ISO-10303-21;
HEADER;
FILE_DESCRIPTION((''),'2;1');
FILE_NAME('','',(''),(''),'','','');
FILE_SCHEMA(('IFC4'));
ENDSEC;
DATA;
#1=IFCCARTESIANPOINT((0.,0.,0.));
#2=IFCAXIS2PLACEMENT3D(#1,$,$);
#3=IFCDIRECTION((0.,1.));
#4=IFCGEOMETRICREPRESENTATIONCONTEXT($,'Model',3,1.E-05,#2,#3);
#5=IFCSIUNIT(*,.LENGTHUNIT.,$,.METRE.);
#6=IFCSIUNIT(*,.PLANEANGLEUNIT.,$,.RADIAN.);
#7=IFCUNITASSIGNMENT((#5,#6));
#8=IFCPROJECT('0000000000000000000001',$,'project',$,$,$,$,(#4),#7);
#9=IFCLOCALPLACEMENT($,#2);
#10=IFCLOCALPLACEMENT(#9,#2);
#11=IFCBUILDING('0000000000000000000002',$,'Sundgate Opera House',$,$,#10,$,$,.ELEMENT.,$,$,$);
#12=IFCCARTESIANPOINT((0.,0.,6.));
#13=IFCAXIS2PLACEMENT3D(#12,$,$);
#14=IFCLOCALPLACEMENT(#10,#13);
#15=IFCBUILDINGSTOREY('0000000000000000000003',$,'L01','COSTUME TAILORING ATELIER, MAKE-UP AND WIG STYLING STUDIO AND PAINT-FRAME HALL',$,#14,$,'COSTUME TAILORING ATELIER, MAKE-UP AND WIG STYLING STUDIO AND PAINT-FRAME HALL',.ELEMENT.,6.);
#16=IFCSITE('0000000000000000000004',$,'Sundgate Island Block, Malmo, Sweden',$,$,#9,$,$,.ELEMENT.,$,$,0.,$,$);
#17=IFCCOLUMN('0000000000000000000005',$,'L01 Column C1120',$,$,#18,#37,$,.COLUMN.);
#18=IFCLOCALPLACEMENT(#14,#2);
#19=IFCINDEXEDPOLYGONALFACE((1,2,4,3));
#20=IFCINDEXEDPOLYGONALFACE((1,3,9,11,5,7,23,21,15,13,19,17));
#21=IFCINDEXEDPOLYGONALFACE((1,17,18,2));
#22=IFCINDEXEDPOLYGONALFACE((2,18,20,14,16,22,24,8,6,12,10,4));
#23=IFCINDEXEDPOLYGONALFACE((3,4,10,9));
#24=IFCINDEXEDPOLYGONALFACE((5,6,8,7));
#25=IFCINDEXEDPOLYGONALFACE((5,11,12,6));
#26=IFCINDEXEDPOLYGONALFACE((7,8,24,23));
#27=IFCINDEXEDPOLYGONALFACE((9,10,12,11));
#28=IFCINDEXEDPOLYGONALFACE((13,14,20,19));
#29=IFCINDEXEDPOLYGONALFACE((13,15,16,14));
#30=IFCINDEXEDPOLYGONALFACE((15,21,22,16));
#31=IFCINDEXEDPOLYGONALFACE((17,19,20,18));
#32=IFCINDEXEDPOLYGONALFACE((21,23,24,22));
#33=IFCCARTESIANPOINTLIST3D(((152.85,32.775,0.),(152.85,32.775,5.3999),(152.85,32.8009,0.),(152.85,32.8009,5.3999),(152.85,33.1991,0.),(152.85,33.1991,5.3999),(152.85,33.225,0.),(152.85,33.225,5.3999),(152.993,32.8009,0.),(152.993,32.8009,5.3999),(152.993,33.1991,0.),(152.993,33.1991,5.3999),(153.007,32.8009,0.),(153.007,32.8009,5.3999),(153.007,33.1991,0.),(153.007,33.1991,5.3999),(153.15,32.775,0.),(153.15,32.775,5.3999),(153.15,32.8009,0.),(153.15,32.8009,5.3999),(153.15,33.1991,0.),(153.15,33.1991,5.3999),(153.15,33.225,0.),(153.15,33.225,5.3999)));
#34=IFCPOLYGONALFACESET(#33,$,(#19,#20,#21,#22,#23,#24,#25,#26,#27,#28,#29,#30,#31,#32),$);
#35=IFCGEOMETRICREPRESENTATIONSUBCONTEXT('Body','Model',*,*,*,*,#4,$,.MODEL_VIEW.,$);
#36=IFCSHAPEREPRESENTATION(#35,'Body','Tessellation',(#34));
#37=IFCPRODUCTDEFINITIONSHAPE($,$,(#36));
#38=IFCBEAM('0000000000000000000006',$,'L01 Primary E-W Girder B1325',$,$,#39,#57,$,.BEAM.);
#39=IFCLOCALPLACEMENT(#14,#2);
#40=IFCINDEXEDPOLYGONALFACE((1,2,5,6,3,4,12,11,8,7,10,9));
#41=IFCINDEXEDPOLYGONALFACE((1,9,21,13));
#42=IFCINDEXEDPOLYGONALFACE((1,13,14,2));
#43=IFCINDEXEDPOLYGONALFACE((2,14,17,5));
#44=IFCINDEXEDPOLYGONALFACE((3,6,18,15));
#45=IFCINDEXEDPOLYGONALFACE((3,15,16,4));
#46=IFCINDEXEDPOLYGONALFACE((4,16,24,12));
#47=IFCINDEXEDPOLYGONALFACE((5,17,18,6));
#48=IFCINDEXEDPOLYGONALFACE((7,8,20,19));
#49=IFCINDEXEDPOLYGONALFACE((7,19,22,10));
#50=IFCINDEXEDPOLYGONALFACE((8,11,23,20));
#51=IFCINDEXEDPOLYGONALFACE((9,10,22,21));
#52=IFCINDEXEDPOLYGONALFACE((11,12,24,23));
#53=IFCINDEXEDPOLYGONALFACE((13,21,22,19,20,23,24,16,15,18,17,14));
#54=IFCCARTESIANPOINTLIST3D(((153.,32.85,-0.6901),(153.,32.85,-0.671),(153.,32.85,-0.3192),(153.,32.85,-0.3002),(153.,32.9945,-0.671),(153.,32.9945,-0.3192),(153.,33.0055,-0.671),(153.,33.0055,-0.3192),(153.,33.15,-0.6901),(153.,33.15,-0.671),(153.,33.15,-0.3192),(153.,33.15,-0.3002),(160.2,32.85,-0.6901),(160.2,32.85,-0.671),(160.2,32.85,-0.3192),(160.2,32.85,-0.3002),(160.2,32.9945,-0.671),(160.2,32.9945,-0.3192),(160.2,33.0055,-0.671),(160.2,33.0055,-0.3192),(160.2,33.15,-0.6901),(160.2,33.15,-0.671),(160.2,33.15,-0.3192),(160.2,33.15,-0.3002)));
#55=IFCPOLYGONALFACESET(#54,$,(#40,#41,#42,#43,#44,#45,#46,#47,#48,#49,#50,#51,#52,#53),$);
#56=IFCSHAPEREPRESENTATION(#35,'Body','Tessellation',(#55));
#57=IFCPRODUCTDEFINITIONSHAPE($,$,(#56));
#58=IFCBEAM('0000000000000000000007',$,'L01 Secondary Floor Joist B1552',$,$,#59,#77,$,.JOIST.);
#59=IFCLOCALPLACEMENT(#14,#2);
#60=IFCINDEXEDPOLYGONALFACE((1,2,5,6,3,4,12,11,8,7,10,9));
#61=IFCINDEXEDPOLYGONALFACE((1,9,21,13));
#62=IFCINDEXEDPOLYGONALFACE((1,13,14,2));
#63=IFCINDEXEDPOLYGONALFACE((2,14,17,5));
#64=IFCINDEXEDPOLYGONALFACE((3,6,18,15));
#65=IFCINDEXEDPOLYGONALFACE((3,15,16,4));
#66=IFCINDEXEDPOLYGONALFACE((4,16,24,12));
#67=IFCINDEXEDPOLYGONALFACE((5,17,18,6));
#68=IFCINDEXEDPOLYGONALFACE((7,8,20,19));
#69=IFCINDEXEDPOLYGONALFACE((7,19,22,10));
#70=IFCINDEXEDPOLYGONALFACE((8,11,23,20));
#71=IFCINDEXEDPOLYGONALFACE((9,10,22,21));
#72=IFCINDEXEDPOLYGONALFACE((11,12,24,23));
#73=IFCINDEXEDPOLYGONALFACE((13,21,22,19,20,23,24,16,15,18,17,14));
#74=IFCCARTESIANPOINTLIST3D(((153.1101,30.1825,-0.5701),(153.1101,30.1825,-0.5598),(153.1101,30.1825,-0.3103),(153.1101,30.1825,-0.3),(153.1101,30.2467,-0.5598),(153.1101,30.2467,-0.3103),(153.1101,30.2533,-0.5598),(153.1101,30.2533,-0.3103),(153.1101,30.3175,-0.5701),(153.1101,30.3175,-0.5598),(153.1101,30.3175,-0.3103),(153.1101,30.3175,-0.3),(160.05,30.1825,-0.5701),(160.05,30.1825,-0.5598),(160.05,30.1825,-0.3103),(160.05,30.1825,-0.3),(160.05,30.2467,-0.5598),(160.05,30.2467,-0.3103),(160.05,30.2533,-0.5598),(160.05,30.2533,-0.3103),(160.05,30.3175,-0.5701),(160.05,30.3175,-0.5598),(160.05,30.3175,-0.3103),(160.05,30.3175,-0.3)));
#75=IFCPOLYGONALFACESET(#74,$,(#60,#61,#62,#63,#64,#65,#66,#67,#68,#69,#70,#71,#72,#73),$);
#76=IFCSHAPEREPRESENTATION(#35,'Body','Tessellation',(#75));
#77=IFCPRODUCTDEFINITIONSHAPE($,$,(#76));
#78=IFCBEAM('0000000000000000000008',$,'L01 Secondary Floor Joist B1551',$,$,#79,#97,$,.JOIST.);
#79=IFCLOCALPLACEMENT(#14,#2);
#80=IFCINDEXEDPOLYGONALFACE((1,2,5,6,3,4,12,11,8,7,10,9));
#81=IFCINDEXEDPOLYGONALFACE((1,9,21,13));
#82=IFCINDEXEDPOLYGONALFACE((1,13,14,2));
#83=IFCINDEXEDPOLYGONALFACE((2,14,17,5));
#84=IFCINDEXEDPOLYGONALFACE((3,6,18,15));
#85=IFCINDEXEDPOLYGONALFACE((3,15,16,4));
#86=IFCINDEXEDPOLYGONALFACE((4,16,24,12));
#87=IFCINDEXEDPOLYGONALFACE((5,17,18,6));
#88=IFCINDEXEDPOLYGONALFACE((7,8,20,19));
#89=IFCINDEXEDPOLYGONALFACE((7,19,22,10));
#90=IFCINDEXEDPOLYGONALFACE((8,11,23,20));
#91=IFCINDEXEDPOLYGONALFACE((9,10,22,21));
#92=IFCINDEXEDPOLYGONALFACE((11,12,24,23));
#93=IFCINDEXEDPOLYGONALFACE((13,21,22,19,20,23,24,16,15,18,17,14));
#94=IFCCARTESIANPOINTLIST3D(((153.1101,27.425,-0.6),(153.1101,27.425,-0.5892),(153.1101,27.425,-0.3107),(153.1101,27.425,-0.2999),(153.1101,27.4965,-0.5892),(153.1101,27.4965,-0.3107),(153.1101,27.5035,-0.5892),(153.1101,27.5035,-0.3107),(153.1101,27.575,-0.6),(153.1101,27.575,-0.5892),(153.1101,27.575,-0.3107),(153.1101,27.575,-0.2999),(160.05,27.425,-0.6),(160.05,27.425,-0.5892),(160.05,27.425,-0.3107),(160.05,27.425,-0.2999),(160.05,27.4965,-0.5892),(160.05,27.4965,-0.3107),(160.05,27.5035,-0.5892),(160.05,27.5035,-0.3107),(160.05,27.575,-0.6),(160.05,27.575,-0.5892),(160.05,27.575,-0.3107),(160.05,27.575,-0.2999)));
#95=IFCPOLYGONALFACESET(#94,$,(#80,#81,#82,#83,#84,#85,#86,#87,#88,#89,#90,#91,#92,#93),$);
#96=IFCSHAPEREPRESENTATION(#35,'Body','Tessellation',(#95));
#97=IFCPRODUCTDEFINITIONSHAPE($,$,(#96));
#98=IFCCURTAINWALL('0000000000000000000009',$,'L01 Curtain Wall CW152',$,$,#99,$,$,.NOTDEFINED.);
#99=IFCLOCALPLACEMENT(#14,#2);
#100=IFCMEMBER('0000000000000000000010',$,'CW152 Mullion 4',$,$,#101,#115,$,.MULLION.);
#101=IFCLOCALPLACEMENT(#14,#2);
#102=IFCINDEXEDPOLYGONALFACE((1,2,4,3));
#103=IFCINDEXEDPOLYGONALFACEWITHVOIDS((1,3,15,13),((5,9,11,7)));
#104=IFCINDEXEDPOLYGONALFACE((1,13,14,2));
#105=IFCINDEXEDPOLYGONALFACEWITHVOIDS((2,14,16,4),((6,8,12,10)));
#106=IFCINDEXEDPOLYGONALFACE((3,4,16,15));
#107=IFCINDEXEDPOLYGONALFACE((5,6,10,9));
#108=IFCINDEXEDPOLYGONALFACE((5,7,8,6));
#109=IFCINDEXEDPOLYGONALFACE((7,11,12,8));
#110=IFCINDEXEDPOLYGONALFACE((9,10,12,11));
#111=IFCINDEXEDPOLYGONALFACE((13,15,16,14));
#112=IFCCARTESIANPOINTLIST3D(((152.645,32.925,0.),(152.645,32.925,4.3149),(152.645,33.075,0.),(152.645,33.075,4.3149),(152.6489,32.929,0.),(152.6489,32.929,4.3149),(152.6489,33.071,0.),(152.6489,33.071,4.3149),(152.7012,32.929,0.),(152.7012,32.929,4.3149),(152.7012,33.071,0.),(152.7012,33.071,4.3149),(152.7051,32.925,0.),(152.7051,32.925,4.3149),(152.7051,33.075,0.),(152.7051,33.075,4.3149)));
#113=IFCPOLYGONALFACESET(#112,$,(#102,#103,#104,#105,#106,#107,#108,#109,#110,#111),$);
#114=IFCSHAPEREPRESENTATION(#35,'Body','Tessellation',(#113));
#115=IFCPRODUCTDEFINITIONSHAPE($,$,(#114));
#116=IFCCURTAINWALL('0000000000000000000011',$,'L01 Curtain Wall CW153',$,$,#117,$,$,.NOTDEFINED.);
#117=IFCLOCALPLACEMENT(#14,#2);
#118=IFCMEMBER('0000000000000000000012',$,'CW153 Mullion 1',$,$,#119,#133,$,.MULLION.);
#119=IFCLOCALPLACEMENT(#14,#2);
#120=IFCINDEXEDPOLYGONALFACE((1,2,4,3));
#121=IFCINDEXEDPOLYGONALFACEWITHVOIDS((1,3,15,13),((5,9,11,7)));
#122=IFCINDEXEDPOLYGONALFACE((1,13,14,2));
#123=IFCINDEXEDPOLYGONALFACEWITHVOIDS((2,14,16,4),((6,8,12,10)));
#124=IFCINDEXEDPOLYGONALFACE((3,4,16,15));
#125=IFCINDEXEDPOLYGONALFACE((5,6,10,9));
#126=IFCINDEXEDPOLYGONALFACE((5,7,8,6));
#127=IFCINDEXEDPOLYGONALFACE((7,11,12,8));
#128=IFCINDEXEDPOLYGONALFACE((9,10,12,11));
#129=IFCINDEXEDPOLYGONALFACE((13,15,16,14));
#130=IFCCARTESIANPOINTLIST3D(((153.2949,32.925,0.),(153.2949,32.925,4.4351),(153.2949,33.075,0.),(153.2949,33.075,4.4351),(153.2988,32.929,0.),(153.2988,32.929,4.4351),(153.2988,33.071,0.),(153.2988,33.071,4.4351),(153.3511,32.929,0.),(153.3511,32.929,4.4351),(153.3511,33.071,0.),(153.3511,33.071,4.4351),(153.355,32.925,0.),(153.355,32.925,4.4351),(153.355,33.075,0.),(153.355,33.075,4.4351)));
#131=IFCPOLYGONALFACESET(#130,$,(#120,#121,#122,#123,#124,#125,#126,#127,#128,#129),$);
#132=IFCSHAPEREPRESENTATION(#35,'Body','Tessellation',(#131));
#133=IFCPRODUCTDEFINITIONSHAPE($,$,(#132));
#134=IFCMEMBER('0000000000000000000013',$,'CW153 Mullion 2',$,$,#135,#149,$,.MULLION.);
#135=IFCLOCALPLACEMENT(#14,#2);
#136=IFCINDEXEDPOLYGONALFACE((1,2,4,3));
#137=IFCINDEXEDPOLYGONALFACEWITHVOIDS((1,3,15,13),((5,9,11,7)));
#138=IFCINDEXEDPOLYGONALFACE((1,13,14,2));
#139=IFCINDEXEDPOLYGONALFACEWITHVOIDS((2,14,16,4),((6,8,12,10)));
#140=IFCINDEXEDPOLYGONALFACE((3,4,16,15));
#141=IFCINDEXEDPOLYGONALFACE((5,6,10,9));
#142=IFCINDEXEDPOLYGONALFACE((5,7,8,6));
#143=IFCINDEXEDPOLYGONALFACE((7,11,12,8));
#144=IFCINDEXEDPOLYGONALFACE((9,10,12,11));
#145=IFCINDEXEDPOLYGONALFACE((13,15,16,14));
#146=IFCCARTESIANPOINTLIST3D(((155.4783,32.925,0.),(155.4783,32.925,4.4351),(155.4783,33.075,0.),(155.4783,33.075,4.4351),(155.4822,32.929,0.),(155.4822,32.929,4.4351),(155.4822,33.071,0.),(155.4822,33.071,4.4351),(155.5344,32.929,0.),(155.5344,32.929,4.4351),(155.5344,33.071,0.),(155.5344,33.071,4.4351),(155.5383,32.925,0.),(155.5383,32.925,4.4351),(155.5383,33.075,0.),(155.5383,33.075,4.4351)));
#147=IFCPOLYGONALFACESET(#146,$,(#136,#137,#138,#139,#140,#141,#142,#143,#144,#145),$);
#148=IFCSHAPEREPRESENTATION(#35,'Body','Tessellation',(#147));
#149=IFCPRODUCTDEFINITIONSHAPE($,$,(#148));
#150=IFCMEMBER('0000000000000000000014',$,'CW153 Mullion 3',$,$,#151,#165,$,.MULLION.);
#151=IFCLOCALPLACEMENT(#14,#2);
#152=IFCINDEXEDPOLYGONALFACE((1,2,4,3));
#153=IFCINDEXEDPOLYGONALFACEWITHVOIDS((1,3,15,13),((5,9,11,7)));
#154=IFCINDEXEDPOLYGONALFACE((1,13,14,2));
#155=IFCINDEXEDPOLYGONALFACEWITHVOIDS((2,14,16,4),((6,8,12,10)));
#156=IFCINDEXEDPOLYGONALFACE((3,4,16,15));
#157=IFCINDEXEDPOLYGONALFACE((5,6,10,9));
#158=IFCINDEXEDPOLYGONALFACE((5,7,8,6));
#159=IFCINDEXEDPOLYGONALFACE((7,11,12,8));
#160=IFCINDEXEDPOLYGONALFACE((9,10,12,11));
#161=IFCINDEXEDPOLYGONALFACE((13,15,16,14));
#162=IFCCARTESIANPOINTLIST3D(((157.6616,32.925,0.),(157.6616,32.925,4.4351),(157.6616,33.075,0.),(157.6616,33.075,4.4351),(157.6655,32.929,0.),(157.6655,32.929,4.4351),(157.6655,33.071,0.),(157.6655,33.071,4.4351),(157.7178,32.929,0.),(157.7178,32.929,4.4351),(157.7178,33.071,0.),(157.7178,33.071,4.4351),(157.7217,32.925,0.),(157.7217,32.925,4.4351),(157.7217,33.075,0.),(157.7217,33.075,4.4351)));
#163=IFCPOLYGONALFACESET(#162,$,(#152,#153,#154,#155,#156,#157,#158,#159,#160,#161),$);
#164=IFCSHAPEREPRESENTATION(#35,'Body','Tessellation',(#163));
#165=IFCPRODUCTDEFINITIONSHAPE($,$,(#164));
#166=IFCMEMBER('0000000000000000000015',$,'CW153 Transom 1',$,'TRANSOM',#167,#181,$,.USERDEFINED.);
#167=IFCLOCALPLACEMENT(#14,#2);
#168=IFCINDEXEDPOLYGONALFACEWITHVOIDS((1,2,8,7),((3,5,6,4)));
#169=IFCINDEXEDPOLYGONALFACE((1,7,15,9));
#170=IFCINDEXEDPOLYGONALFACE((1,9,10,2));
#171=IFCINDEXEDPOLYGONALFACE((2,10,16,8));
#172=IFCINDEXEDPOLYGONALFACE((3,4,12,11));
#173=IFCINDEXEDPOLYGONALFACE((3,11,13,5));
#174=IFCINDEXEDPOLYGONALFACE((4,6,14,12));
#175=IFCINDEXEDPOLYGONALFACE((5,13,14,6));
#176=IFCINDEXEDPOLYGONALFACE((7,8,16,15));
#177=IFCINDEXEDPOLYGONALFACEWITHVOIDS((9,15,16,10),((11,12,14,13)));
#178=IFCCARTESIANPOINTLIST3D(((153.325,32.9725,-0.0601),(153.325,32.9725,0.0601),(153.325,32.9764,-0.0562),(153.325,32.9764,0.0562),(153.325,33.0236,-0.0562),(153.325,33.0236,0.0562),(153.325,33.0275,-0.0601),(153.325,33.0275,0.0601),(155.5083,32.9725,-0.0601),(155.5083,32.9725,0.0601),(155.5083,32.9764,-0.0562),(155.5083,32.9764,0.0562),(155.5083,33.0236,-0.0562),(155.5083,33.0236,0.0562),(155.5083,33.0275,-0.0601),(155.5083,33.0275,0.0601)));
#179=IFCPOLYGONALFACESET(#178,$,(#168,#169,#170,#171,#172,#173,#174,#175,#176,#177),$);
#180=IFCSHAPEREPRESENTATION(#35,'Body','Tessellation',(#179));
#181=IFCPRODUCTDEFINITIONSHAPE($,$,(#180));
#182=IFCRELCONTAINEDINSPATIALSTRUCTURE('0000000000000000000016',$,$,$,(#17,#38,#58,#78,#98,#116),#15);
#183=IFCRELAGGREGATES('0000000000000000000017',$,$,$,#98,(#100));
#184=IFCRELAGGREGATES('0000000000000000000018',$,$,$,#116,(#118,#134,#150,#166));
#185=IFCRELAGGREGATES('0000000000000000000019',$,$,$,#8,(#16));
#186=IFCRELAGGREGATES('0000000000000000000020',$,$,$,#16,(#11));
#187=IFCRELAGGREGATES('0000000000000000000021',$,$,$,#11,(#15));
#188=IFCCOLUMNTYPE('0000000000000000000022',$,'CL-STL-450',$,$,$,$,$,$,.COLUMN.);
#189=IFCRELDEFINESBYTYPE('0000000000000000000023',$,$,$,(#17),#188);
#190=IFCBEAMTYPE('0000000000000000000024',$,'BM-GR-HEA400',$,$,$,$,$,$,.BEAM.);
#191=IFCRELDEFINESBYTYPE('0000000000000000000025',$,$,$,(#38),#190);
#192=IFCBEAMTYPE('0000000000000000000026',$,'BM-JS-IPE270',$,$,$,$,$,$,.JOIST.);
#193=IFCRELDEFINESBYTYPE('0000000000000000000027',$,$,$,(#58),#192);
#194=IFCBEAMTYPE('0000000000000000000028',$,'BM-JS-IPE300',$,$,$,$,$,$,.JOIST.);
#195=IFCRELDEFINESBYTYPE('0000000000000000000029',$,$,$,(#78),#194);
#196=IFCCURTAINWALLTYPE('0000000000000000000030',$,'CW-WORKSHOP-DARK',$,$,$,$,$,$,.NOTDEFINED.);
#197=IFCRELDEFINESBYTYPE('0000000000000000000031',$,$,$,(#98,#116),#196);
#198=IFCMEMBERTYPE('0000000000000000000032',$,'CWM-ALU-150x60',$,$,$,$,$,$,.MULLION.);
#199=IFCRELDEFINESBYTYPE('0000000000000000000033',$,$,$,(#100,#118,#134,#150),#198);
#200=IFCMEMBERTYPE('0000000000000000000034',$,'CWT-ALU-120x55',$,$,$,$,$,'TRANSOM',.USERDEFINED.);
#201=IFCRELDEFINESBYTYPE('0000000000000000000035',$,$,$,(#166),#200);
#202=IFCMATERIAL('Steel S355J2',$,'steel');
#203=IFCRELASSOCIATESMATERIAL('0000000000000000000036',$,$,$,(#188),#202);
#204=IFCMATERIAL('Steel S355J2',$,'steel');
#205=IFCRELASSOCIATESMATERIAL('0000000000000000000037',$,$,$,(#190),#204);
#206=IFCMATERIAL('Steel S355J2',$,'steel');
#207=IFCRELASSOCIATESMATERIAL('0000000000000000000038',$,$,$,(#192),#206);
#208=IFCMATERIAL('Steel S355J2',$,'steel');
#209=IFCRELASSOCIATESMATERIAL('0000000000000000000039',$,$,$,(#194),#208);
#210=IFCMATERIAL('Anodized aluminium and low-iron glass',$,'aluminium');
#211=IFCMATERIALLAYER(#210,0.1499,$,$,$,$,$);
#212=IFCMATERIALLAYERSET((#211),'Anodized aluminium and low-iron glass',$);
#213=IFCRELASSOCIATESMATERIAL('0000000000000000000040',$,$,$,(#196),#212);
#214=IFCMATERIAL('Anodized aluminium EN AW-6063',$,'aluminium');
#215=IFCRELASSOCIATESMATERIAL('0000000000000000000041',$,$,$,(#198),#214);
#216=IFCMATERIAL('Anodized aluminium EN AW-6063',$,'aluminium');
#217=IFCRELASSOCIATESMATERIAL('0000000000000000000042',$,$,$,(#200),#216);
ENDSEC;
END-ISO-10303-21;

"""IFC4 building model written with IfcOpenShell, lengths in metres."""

from ifc_helpers import new_model, si_unit, direction, frame, origin, origin_2d, place, context, subcontext, project, spatial, hollow_rectangle, i_section, extrude, material, layer, layer_set, material_profile, profile_set, type_object, element, aggregate, save


model = new_model("IFC4")

# Units and contexts
model_context = context("Model", 3, precision=1e-05, world=origin(), true_north=direction((0.0, 1.0)))
body_context = subcontext(model_context, "Body", "Model", "MODEL_VIEW")
ifc_project = project(units=[si_unit("LENGTHUNIT", "METRE"), si_unit("PLANEANGLEUNIT", "RADIAN")], contexts=[model_context])

# Site, building, storey
site_placement = place(None, origin())
site = spatial("IfcSite", under=ifc_project, at=site_placement, Name="Sundgate Island Block, Malmo, Sweden", CompositionType="ELEMENT", RefElevation=0.0)
building_placement = place(site_placement, origin())
building = spatial("IfcBuilding", under=site, at=building_placement, Name="Sundgate Opera House", CompositionType="ELEMENT")
storey_placement = place(building_placement, frame((0.0, 0.0, 6.0)))
storey = spatial("IfcBuildingStorey", under=building, at=storey_placement, Name="L01", Description="COSTUME TAILORING ATELIER, MAKE-UP AND WIG STYLING STUDIO AND PAINT-FRAME HALL", LongName="COSTUME TAILORING ATELIER, MAKE-UP AND WIG STYLING STUDIO AND PAINT-FRAME HALL", CompositionType="ELEMENT", Elevation=6.0)

# Column
ifc_material_1 = material(Name="Steel S355J2", Category="steel")
ifc_material_profile_1 = material_profile(ifc_material_1, i_section(OverallWidth=0.3, OverallDepth=0.45, WebThickness=0.0139, FlangeThickness=0.0259, at=origin_2d()), Name="HEB 450")
ifc_profile_set_1 = profile_set([ifc_material_profile_1], Name="Steel S355J2")
column_type = type_object("IfcColumnType", Name="CL-STL-450", PredefinedType="COLUMN", material=ifc_profile_set_1)
column_placement = place(storey_placement, frame((153.0, 33.0, 0.0), z_axis=(0.0, 0.0, 1.0), x_axis=(1.0, 0.0, 0.0)))
element("IfcColumn", 1, at=column_placement, inside=storey, type_object=column_type, Name="L01 Column C1120", PredefinedType="COLUMN", context=body_context, shape_type="SweptSolid", body=[
    extrude(i_section(OverallWidth=0.3, OverallDepth=0.45, WebThickness=0.0139, FlangeThickness=0.0259, at=origin_2d()), origin(), (0.0, 0.0, 1.0), 5.3999),
])

# Beams
ifc_material_2 = material(Name="Steel S355J2", Category="steel")
ifc_material_profile_2 = material_profile(ifc_material_2, i_section(OverallWidth=0.3, OverallDepth=0.3899, WebThickness=0.011, FlangeThickness=0.019, at=origin_2d()), Name="HEA 400")
ifc_profile_set_2 = profile_set([ifc_material_profile_2], Name="Steel S355J2")
beam_type_1 = type_object("IfcBeamType", Name="BM-GR-HEA400", PredefinedType="BEAM", material=ifc_profile_set_2)
beam_1_placement = place(storey_placement, frame((153.0, 33.0, -0.4951), z_axis=(1.0, 0.0, 0.0), x_axis=(0.0, 1.0, 0.0)))
element("IfcBeam", 2, at=beam_1_placement, inside=storey, type_object=beam_type_1, Name="L01 Primary E-W Girder B1325", PredefinedType="BEAM", context=body_context, shape_type="SweptSolid", body=[
    extrude(i_section(OverallWidth=0.3, OverallDepth=0.3899, WebThickness=0.011, FlangeThickness=0.019, at=origin_2d()), origin(), (0.0, 0.0, 1.0), 7.2),
])
ifc_material_3 = material(Name="Steel S355J2", Category="steel")
ifc_material_profile_3 = material_profile(ifc_material_3, i_section(OverallWidth=0.135, OverallDepth=0.27, WebThickness=0.0066, FlangeThickness=0.0103, at=origin_2d()), Name="IPE 270")
ifc_profile_set_3 = profile_set([ifc_material_profile_3], Name="Steel S355J2")
beam_type_2 = type_object("IfcBeamType", Name="BM-JS-IPE270", PredefinedType="JOIST", material=ifc_profile_set_3)
beam_2_placement = place(storey_placement, frame((153.1101, 30.25, -0.4351), z_axis=(1.0, 0.0, 0.0), x_axis=(0.0, 1.0, 0.0)))
element("IfcBeam", 3, at=beam_2_placement, inside=storey, type_object=beam_type_2, Name="L01 Secondary Floor Joist B1552", PredefinedType="JOIST", context=body_context, shape_type="SweptSolid", body=[
    extrude(i_section(OverallWidth=0.135, OverallDepth=0.27, WebThickness=0.0066, FlangeThickness=0.0103, at=origin_2d()), origin(), (0.0, 0.0, 1.0), 6.9399),
])
ifc_material_4 = material(Name="Steel S355J2", Category="steel")
ifc_material_profile_4 = material_profile(ifc_material_4, i_section(OverallWidth=0.1499, OverallDepth=0.3, WebThickness=0.0071, FlangeThickness=0.0107, at=origin_2d()), Name="IPE 300")
ifc_profile_set_4 = profile_set([ifc_material_profile_4], Name="Steel S355J2")
beam_type_3 = type_object("IfcBeamType", Name="BM-JS-IPE300", PredefinedType="JOIST", material=ifc_profile_set_4)
beam_3_placement = place(storey_placement, frame((153.1101, 27.5, -0.45), z_axis=(1.0, 0.0, 0.0), x_axis=(0.0, 1.0, 0.0)))
element("IfcBeam", 4, at=beam_3_placement, inside=storey, type_object=beam_type_3, Name="L01 Secondary Floor Joist B1551", PredefinedType="JOIST", context=body_context, shape_type="SweptSolid", body=[
    extrude(i_section(OverallWidth=0.1499, OverallDepth=0.3, WebThickness=0.0071, FlangeThickness=0.0107, at=origin_2d()), origin(), (0.0, 0.0, 1.0), 6.9399),
])

# Curtain wall, member
ifc_material_5 = material(Name="Anodized aluminium and low-iron glass", Category="aluminium")
ifc_layer_1 = layer(ifc_material_5, 0.1499)
ifc_layer_set_1 = layer_set([ifc_layer_1], Name="Anodized aluminium and low-iron glass")
curtain_wall_type = type_object("IfcCurtainWallType", Name="CW-WORKSHOP-DARK", PredefinedType="NOTDEFINED", material=ifc_layer_set_1)
curtain_wall_1_placement = place(storey_placement, origin())
curtain_wall_1 = element("IfcCurtainWall", 5, at=curtain_wall_1_placement, inside=storey, type_object=curtain_wall_type, Name="L01 Curtain Wall CW152", PredefinedType="NOTDEFINED")
ifc_material_6 = material(Name="Anodized aluminium EN AW-6063", Category="aluminium")
ifc_material_profile_5 = material_profile(ifc_material_6, hollow_rectangle(XDim=0.0601, YDim=0.1499, WallThickness=0.0039, at=origin_2d()), Name="CWM 150x60x4")
ifc_profile_set_5 = profile_set([ifc_material_profile_5], Name="Anodized aluminium EN AW-6063")
member_type_1 = type_object("IfcMemberType", Name="CWM-ALU-150x60", PredefinedType="MULLION", material=ifc_profile_set_5)
member_1_placement = place(storey_placement, frame((152.675, 33.0, 0.0), z_axis=(0.0, 0.0, 1.0), x_axis=(1.0, 0.0, 0.0)))
member_1 = element("IfcMember", 6, at=member_1_placement, type_object=member_type_1, Name="CW152 Mullion 4", PredefinedType="MULLION", context=body_context, shape_type="SweptSolid", body=[
    extrude(hollow_rectangle(XDim=0.0601, YDim=0.1499, WallThickness=0.0039, at=origin_2d()), origin(), (0.0, 0.0, 1.0), 4.3149),
])

# Curtain wall, members
curtain_wall_2_placement = place(storey_placement, origin())
curtain_wall_2 = element("IfcCurtainWall", 7, at=curtain_wall_2_placement, inside=storey, type_object=curtain_wall_type, Name="L01 Curtain Wall CW153", PredefinedType="NOTDEFINED")
member_2_placement = place(storey_placement, frame((153.325, 33.0, 0.0), z_axis=(0.0, 0.0, 1.0), x_axis=(1.0, 0.0, 0.0)))
member_2 = element("IfcMember", 8, at=member_2_placement, type_object=member_type_1, Name="CW153 Mullion 1", PredefinedType="MULLION", context=body_context, shape_type="SweptSolid", body=[
    extrude(hollow_rectangle(XDim=0.0601, YDim=0.1499, WallThickness=0.0039, at=origin_2d()), origin(), (0.0, 0.0, 1.0), 4.4351),
])
member_3_placement = place(storey_placement, frame((155.5083, 33.0, 0.0), z_axis=(0.0, 0.0, 1.0), x_axis=(1.0, 0.0, 0.0)))
member_3 = element("IfcMember", 9, at=member_3_placement, type_object=member_type_1, Name="CW153 Mullion 2", PredefinedType="MULLION", context=body_context, shape_type="SweptSolid", body=[
    extrude(hollow_rectangle(XDim=0.0601, YDim=0.1499, WallThickness=0.0039, at=origin_2d()), origin(), (0.0, 0.0, 1.0), 4.4351),
])
member_4_placement = place(storey_placement, frame((157.6917, 33.0, 0.0), z_axis=(0.0, 0.0, 1.0), x_axis=(1.0, 0.0, 0.0)))
member_4 = element("IfcMember", 10, at=member_4_placement, type_object=member_type_1, Name="CW153 Mullion 3", PredefinedType="MULLION", context=body_context, shape_type="SweptSolid", body=[
    extrude(hollow_rectangle(XDim=0.0601, YDim=0.1499, WallThickness=0.0039, at=origin_2d()), origin(), (0.0, 0.0, 1.0), 4.4351),
])
ifc_material_7 = material(Name="Anodized aluminium EN AW-6063", Category="aluminium")
ifc_material_profile_6 = material_profile(ifc_material_7, hollow_rectangle(XDim=0.0549, YDim=0.1201, WallThickness=0.0039, at=origin_2d()), Name="CWT 120x55x4")
ifc_profile_set_6 = profile_set([ifc_material_profile_6], Name="Anodized aluminium EN AW-6063")
member_type_2 = type_object("IfcMemberType", Name="CWT-ALU-120x55", ElementType="TRANSOM", PredefinedType="USERDEFINED", material=ifc_profile_set_6)
member_5_placement = place(storey_placement, frame((153.325, 33.0, 0.0), z_axis=(1.0, 0.0, 0.0), x_axis=(0.0, 1.0, 0.0)))
member_5 = element("IfcMember", 11, at=member_5_placement, type_object=member_type_2, Name="CW153 Transom 1", ObjectType="TRANSOM", PredefinedType="USERDEFINED", context=body_context, shape_type="SweptSolid", body=[
    extrude(hollow_rectangle(XDim=0.0549, YDim=0.1201, WallThickness=0.0039, at=origin_2d()), origin(), (0.0, 0.0, 1.0), 2.1833),
])

aggregate(curtain_wall_1, [member_1])
aggregate(curtain_wall_2, [member_2, member_3, member_4, member_5])

save(model, "model.ifc")
